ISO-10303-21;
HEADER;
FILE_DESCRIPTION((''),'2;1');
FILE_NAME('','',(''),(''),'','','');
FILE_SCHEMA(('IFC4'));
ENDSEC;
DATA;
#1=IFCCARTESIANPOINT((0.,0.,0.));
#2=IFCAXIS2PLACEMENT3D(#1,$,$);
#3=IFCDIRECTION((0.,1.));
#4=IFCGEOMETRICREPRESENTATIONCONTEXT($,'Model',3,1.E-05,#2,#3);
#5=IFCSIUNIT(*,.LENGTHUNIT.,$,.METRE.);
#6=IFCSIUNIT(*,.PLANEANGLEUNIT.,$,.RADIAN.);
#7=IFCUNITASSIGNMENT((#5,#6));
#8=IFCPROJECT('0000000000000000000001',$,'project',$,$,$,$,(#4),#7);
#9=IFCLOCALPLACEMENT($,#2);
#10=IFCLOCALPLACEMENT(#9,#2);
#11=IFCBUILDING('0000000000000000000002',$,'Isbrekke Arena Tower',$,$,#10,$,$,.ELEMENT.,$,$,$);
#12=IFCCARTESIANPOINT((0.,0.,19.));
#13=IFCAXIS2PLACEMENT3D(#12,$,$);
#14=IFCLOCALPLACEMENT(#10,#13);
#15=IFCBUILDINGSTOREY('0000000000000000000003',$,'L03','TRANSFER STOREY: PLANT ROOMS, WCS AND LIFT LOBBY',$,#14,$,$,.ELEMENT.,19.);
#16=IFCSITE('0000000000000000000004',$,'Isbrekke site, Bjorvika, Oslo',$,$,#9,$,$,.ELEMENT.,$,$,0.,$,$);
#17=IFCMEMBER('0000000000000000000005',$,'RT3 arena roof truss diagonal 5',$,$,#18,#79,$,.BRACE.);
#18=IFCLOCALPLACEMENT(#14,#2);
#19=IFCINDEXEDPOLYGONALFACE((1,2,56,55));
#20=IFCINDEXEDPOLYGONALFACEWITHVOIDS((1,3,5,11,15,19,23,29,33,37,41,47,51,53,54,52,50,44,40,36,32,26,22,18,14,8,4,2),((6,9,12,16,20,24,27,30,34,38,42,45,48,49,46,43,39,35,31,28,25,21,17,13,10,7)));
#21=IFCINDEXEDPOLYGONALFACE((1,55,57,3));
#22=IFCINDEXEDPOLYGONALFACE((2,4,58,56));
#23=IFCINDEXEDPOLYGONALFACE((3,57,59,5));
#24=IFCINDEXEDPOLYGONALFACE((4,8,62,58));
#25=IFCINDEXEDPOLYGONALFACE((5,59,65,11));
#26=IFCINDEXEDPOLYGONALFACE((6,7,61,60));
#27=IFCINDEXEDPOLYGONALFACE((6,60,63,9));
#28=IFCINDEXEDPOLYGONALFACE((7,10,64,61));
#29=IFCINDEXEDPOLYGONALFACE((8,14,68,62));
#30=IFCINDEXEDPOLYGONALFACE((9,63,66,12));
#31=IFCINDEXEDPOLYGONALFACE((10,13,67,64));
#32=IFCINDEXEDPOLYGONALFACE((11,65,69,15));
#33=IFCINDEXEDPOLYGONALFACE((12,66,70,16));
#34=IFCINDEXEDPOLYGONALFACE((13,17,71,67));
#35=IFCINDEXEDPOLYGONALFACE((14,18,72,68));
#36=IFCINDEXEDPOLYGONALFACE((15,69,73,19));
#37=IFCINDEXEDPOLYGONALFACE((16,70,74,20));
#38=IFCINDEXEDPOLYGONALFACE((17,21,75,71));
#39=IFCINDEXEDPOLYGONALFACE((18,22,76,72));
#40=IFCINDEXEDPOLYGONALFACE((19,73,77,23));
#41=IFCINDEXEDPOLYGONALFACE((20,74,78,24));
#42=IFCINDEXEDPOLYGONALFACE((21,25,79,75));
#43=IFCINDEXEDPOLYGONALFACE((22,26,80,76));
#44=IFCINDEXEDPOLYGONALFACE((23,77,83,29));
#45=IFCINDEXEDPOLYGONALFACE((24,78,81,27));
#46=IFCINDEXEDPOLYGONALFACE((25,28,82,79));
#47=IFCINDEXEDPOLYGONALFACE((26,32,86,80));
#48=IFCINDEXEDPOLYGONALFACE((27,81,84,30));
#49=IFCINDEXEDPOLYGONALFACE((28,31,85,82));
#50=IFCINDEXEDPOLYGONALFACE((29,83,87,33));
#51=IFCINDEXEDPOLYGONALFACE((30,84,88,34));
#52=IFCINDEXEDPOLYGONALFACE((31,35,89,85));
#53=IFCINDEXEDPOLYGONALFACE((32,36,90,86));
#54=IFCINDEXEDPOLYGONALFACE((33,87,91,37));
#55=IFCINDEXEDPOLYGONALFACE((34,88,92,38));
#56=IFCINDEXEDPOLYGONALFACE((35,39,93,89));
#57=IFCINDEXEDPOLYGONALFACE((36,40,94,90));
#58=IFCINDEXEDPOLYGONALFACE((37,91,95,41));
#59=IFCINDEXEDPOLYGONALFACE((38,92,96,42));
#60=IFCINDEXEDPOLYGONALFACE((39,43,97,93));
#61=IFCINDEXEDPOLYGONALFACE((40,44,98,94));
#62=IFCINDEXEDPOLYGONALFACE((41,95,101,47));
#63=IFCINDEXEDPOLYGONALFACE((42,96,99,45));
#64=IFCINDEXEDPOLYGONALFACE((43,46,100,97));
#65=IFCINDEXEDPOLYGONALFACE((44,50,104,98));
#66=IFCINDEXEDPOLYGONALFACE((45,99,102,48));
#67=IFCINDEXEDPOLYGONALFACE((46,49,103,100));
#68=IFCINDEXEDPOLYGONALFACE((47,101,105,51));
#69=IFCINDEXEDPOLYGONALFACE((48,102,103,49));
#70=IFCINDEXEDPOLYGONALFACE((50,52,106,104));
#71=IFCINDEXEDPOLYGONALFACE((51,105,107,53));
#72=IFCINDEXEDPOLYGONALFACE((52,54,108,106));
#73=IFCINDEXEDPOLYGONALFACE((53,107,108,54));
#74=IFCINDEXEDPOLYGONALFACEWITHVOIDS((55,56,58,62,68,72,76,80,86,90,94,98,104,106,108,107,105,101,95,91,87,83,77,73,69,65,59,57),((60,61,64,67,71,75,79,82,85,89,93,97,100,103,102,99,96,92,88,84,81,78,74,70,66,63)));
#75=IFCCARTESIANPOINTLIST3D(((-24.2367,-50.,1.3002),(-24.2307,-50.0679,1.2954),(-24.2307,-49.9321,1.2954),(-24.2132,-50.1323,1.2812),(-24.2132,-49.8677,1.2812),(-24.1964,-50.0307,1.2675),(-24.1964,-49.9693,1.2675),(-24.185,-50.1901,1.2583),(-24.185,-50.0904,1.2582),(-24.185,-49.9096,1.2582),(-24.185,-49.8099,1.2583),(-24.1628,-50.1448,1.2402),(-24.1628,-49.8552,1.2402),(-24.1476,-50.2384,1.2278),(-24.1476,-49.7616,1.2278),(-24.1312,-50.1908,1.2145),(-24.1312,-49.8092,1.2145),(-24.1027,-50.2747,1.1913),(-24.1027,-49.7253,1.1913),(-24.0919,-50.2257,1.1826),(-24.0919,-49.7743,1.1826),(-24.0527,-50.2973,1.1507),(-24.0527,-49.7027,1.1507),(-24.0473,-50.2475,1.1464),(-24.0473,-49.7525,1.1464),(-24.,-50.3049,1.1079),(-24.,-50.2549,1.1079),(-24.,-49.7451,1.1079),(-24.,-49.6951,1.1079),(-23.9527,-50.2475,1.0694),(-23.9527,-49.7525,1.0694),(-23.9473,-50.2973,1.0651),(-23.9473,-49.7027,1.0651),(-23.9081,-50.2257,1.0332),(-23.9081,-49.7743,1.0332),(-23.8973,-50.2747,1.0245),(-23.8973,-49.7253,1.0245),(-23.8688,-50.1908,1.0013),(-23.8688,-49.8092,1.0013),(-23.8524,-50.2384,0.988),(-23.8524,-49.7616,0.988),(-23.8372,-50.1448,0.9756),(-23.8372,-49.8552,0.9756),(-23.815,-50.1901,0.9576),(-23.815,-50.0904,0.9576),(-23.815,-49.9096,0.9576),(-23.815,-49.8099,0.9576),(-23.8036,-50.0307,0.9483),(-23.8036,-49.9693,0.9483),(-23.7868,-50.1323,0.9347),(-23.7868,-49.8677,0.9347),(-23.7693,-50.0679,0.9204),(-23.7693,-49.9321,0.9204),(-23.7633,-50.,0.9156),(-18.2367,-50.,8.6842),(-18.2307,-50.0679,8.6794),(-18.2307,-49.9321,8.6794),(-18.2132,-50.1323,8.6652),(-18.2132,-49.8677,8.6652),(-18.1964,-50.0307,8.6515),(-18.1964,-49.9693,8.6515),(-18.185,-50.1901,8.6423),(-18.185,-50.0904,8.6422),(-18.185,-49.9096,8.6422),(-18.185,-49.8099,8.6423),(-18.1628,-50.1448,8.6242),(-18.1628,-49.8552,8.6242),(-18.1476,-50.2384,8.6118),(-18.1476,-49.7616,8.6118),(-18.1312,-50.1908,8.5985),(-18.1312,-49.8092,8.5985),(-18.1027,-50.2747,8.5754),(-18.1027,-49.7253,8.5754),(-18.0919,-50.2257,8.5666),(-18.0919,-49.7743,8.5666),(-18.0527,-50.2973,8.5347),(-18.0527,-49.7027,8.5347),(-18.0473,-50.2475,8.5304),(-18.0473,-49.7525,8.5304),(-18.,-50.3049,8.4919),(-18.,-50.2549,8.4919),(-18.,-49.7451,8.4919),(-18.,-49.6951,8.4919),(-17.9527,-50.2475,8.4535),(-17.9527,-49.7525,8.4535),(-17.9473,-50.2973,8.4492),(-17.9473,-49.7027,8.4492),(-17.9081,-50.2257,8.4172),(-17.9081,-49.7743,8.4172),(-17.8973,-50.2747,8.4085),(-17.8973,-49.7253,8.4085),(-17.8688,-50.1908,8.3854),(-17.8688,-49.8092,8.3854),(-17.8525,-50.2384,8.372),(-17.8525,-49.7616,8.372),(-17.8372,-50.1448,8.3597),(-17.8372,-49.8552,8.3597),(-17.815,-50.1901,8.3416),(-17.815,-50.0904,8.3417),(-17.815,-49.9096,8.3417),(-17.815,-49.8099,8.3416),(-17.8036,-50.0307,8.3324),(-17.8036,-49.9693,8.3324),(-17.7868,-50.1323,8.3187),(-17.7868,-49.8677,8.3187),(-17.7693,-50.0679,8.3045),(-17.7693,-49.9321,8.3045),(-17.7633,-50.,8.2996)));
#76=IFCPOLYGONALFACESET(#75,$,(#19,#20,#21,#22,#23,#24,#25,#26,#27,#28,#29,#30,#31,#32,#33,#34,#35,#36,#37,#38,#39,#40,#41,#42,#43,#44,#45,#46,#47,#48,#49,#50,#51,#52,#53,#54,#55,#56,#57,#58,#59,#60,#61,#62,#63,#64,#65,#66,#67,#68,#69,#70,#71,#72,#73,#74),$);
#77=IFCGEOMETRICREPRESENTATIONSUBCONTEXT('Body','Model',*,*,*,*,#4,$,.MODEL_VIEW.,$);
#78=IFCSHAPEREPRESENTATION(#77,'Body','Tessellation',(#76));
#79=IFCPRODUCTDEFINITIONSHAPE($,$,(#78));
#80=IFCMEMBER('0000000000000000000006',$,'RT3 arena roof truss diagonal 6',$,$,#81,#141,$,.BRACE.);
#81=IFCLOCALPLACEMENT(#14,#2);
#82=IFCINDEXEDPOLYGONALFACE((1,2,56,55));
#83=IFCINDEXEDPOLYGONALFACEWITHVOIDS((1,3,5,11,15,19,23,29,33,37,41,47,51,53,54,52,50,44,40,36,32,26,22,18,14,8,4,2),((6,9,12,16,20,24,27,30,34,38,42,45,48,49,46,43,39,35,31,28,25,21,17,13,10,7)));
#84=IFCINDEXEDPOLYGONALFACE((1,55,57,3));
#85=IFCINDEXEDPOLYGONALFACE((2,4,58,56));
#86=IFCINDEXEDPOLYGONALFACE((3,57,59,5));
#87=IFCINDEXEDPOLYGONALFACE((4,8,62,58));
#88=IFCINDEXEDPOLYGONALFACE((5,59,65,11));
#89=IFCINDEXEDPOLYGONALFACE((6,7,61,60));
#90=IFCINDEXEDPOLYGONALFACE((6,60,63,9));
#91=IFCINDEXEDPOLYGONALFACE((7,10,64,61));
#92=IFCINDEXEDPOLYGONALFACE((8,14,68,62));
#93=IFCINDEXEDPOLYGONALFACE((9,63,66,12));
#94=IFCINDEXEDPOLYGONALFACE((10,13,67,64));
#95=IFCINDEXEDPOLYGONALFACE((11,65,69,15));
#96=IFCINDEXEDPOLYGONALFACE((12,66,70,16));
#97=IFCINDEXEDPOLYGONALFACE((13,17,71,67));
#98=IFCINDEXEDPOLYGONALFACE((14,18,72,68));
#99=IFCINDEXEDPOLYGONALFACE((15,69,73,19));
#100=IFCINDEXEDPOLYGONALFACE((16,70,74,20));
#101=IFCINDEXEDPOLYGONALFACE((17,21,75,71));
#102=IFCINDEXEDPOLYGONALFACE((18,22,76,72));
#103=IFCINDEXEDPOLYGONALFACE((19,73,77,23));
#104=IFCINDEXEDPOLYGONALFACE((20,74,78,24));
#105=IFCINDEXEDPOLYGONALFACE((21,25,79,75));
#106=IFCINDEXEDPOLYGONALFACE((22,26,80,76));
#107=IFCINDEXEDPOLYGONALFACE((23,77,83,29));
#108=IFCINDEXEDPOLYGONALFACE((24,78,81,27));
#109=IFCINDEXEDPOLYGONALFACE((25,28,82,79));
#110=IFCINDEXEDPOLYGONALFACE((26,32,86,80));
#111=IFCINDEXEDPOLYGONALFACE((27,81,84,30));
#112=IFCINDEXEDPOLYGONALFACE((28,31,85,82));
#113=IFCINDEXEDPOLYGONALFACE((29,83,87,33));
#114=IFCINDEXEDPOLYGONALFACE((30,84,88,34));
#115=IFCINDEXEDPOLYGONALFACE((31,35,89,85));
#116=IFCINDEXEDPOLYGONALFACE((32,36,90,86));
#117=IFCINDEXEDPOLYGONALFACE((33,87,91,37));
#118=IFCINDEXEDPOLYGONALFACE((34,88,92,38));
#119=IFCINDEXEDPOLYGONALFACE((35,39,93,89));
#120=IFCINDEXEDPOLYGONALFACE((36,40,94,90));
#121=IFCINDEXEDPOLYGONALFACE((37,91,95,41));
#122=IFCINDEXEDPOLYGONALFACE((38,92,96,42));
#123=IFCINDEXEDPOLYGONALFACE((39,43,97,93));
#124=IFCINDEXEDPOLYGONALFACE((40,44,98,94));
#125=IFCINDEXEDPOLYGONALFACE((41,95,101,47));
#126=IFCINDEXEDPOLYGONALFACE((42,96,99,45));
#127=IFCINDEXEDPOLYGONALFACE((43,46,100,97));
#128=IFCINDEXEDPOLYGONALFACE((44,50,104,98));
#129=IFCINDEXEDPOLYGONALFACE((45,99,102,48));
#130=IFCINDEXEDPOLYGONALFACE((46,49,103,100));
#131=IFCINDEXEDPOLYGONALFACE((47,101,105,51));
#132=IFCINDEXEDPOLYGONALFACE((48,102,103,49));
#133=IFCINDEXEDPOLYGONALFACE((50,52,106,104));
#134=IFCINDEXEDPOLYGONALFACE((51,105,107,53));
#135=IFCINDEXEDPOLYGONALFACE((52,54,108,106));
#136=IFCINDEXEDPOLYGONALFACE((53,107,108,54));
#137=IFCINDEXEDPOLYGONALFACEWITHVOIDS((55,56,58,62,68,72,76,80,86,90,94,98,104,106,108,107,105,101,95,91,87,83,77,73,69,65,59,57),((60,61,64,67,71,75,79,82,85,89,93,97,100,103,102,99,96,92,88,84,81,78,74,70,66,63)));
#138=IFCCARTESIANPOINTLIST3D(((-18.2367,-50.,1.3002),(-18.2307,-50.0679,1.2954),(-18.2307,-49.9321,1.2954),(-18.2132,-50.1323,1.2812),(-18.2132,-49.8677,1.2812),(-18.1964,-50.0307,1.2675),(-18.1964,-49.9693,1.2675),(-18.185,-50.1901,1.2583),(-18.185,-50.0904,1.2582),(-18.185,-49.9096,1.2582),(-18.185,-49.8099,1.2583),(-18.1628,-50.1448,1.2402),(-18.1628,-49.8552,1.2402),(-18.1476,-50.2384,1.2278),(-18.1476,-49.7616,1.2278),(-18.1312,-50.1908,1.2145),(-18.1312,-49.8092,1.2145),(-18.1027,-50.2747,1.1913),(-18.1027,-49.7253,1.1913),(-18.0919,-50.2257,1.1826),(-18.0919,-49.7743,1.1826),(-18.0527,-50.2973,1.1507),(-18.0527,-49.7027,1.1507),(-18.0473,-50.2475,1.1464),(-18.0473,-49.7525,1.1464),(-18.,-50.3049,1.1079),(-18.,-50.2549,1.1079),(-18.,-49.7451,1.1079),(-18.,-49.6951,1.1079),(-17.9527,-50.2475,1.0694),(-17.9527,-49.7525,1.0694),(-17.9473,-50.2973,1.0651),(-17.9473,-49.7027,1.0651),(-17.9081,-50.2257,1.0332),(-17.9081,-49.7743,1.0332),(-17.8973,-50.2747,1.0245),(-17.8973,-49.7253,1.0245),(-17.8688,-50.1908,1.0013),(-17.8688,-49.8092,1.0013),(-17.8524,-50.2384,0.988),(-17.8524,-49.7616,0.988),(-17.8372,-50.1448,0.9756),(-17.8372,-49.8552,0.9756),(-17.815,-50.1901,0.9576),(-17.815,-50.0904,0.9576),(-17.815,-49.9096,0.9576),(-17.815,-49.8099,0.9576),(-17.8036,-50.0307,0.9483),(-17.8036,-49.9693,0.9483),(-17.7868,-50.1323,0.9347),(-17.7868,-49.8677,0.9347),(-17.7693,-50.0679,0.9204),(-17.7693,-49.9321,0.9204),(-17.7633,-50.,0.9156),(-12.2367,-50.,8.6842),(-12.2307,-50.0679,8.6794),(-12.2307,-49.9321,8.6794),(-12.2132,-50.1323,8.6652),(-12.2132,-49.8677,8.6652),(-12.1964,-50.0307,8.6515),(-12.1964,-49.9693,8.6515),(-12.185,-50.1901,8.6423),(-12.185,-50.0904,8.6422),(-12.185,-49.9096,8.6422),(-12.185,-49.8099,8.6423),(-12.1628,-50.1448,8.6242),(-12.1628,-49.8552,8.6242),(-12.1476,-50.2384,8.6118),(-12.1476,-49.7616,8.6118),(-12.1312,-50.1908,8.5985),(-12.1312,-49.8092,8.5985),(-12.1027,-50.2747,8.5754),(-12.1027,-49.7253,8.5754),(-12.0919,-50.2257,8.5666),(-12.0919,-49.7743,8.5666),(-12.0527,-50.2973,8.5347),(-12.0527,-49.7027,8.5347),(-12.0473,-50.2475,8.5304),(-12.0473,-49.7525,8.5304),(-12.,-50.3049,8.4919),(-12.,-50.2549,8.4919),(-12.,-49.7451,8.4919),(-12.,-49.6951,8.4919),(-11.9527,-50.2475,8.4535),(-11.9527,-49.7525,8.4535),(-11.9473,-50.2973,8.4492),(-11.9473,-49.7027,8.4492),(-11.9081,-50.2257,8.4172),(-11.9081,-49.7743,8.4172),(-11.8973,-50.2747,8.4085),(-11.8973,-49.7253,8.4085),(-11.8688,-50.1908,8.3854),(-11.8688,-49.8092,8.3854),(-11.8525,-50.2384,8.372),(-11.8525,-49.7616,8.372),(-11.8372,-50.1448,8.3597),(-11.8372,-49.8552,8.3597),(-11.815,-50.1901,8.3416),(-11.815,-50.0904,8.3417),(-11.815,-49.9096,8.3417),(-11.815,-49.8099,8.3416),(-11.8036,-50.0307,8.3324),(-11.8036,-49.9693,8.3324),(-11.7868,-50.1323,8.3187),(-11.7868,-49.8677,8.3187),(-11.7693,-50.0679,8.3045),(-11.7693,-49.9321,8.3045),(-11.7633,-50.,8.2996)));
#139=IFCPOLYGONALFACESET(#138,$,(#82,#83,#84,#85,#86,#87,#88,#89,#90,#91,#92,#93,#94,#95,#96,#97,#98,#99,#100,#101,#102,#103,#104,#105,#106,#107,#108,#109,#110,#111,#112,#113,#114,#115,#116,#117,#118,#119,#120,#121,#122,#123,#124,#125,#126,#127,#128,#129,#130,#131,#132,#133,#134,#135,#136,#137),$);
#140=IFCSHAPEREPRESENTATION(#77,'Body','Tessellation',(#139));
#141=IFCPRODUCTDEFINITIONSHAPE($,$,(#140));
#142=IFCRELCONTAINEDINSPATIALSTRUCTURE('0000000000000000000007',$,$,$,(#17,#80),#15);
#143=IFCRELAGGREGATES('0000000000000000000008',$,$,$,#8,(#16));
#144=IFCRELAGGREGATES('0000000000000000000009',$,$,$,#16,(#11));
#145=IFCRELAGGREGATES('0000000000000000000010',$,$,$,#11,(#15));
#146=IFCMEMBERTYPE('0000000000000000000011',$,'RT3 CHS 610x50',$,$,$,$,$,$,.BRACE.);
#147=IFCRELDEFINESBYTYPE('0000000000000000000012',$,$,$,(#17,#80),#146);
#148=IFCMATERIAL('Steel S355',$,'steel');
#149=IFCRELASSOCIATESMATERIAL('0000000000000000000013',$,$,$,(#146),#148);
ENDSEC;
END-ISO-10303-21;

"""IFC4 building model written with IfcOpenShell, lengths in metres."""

from ifc_helpers import new_model, si_unit, direction, frame, origin, origin_2d, place, context, subcontext, project, spatial, hollow_circle, extrude, material, material_profile, profile_set, type_object, element, save


model = new_model("IFC4")

# Units and contexts
model_context = context("Model", 3, precision=1e-05, world=origin(), true_north=direction((0.0, 1.0)))
body_context = subcontext(model_context, "Body", "Model", "MODEL_VIEW")
ifc_project = project(units=[si_unit("LENGTHUNIT", "METRE"), si_unit("PLANEANGLEUNIT", "RADIAN")], contexts=[model_context])

# Site, building, storey
site_placement = place(None, origin())
site = spatial("IfcSite", under=ifc_project, at=site_placement, Name="Isbrekke site, Bjorvika, Oslo", CompositionType="ELEMENT", RefElevation=0.0)
building_placement = place(site_placement, origin())
building = spatial("IfcBuilding", under=site, at=building_placement, Name="Isbrekke Arena Tower", CompositionType="ELEMENT")
storey_placement = place(building_placement, frame((0.0, 0.0, 19.0)))
storey = spatial("IfcBuildingStorey", under=building, at=storey_placement, Name="L03", Description="TRANSFER STOREY: PLANT ROOMS, WCS AND LIFT LOBBY", CompositionType="ELEMENT", Elevation=19.0)

# Members
ifc_material_1 = material(Name="Steel S355", Category="steel")
ifc_material_profile_1 = material_profile(ifc_material_1, hollow_circle(Radius=0.3049, WallThickness=0.05, at=origin_2d()), Name="CHS 610x50")
ifc_profile_set_1 = profile_set([ifc_material_profile_1], Name="Steel S355")
member_type_1 = type_object("IfcMemberType", Name="RT3 CHS 610x50", PredefinedType="BRACE", material=ifc_profile_set_1)
for number, where, z_axis, x_axis, name in (
    (1, (-24.0, -50.0, 1.1079), (0.630623, 0.0, 0.77609), (0.0, 1.0, 0.0), "RT3 arena roof truss diagonal 5"),
    (2, (-18.0, -50.0, 1.1079), (0.630623, 0.0, 0.77609), (0.0, 1.0, 0.0), "RT3 arena roof truss diagonal 6"),
):
    element("IfcMember", number, at=place(storey_placement, frame(where, z_axis=z_axis, x_axis=x_axis)), inside=storey, type_object=member_type_1, Name=name, PredefinedType="BRACE", context=body_context, shape_type="SweptSolid", body=[
        extrude(hollow_circle(Radius=0.3049, WallThickness=0.05, at=origin_2d()), origin(), (0.0, 0.0, 1.0), 9.5144),
    ])

save(model, "model.ifc")
